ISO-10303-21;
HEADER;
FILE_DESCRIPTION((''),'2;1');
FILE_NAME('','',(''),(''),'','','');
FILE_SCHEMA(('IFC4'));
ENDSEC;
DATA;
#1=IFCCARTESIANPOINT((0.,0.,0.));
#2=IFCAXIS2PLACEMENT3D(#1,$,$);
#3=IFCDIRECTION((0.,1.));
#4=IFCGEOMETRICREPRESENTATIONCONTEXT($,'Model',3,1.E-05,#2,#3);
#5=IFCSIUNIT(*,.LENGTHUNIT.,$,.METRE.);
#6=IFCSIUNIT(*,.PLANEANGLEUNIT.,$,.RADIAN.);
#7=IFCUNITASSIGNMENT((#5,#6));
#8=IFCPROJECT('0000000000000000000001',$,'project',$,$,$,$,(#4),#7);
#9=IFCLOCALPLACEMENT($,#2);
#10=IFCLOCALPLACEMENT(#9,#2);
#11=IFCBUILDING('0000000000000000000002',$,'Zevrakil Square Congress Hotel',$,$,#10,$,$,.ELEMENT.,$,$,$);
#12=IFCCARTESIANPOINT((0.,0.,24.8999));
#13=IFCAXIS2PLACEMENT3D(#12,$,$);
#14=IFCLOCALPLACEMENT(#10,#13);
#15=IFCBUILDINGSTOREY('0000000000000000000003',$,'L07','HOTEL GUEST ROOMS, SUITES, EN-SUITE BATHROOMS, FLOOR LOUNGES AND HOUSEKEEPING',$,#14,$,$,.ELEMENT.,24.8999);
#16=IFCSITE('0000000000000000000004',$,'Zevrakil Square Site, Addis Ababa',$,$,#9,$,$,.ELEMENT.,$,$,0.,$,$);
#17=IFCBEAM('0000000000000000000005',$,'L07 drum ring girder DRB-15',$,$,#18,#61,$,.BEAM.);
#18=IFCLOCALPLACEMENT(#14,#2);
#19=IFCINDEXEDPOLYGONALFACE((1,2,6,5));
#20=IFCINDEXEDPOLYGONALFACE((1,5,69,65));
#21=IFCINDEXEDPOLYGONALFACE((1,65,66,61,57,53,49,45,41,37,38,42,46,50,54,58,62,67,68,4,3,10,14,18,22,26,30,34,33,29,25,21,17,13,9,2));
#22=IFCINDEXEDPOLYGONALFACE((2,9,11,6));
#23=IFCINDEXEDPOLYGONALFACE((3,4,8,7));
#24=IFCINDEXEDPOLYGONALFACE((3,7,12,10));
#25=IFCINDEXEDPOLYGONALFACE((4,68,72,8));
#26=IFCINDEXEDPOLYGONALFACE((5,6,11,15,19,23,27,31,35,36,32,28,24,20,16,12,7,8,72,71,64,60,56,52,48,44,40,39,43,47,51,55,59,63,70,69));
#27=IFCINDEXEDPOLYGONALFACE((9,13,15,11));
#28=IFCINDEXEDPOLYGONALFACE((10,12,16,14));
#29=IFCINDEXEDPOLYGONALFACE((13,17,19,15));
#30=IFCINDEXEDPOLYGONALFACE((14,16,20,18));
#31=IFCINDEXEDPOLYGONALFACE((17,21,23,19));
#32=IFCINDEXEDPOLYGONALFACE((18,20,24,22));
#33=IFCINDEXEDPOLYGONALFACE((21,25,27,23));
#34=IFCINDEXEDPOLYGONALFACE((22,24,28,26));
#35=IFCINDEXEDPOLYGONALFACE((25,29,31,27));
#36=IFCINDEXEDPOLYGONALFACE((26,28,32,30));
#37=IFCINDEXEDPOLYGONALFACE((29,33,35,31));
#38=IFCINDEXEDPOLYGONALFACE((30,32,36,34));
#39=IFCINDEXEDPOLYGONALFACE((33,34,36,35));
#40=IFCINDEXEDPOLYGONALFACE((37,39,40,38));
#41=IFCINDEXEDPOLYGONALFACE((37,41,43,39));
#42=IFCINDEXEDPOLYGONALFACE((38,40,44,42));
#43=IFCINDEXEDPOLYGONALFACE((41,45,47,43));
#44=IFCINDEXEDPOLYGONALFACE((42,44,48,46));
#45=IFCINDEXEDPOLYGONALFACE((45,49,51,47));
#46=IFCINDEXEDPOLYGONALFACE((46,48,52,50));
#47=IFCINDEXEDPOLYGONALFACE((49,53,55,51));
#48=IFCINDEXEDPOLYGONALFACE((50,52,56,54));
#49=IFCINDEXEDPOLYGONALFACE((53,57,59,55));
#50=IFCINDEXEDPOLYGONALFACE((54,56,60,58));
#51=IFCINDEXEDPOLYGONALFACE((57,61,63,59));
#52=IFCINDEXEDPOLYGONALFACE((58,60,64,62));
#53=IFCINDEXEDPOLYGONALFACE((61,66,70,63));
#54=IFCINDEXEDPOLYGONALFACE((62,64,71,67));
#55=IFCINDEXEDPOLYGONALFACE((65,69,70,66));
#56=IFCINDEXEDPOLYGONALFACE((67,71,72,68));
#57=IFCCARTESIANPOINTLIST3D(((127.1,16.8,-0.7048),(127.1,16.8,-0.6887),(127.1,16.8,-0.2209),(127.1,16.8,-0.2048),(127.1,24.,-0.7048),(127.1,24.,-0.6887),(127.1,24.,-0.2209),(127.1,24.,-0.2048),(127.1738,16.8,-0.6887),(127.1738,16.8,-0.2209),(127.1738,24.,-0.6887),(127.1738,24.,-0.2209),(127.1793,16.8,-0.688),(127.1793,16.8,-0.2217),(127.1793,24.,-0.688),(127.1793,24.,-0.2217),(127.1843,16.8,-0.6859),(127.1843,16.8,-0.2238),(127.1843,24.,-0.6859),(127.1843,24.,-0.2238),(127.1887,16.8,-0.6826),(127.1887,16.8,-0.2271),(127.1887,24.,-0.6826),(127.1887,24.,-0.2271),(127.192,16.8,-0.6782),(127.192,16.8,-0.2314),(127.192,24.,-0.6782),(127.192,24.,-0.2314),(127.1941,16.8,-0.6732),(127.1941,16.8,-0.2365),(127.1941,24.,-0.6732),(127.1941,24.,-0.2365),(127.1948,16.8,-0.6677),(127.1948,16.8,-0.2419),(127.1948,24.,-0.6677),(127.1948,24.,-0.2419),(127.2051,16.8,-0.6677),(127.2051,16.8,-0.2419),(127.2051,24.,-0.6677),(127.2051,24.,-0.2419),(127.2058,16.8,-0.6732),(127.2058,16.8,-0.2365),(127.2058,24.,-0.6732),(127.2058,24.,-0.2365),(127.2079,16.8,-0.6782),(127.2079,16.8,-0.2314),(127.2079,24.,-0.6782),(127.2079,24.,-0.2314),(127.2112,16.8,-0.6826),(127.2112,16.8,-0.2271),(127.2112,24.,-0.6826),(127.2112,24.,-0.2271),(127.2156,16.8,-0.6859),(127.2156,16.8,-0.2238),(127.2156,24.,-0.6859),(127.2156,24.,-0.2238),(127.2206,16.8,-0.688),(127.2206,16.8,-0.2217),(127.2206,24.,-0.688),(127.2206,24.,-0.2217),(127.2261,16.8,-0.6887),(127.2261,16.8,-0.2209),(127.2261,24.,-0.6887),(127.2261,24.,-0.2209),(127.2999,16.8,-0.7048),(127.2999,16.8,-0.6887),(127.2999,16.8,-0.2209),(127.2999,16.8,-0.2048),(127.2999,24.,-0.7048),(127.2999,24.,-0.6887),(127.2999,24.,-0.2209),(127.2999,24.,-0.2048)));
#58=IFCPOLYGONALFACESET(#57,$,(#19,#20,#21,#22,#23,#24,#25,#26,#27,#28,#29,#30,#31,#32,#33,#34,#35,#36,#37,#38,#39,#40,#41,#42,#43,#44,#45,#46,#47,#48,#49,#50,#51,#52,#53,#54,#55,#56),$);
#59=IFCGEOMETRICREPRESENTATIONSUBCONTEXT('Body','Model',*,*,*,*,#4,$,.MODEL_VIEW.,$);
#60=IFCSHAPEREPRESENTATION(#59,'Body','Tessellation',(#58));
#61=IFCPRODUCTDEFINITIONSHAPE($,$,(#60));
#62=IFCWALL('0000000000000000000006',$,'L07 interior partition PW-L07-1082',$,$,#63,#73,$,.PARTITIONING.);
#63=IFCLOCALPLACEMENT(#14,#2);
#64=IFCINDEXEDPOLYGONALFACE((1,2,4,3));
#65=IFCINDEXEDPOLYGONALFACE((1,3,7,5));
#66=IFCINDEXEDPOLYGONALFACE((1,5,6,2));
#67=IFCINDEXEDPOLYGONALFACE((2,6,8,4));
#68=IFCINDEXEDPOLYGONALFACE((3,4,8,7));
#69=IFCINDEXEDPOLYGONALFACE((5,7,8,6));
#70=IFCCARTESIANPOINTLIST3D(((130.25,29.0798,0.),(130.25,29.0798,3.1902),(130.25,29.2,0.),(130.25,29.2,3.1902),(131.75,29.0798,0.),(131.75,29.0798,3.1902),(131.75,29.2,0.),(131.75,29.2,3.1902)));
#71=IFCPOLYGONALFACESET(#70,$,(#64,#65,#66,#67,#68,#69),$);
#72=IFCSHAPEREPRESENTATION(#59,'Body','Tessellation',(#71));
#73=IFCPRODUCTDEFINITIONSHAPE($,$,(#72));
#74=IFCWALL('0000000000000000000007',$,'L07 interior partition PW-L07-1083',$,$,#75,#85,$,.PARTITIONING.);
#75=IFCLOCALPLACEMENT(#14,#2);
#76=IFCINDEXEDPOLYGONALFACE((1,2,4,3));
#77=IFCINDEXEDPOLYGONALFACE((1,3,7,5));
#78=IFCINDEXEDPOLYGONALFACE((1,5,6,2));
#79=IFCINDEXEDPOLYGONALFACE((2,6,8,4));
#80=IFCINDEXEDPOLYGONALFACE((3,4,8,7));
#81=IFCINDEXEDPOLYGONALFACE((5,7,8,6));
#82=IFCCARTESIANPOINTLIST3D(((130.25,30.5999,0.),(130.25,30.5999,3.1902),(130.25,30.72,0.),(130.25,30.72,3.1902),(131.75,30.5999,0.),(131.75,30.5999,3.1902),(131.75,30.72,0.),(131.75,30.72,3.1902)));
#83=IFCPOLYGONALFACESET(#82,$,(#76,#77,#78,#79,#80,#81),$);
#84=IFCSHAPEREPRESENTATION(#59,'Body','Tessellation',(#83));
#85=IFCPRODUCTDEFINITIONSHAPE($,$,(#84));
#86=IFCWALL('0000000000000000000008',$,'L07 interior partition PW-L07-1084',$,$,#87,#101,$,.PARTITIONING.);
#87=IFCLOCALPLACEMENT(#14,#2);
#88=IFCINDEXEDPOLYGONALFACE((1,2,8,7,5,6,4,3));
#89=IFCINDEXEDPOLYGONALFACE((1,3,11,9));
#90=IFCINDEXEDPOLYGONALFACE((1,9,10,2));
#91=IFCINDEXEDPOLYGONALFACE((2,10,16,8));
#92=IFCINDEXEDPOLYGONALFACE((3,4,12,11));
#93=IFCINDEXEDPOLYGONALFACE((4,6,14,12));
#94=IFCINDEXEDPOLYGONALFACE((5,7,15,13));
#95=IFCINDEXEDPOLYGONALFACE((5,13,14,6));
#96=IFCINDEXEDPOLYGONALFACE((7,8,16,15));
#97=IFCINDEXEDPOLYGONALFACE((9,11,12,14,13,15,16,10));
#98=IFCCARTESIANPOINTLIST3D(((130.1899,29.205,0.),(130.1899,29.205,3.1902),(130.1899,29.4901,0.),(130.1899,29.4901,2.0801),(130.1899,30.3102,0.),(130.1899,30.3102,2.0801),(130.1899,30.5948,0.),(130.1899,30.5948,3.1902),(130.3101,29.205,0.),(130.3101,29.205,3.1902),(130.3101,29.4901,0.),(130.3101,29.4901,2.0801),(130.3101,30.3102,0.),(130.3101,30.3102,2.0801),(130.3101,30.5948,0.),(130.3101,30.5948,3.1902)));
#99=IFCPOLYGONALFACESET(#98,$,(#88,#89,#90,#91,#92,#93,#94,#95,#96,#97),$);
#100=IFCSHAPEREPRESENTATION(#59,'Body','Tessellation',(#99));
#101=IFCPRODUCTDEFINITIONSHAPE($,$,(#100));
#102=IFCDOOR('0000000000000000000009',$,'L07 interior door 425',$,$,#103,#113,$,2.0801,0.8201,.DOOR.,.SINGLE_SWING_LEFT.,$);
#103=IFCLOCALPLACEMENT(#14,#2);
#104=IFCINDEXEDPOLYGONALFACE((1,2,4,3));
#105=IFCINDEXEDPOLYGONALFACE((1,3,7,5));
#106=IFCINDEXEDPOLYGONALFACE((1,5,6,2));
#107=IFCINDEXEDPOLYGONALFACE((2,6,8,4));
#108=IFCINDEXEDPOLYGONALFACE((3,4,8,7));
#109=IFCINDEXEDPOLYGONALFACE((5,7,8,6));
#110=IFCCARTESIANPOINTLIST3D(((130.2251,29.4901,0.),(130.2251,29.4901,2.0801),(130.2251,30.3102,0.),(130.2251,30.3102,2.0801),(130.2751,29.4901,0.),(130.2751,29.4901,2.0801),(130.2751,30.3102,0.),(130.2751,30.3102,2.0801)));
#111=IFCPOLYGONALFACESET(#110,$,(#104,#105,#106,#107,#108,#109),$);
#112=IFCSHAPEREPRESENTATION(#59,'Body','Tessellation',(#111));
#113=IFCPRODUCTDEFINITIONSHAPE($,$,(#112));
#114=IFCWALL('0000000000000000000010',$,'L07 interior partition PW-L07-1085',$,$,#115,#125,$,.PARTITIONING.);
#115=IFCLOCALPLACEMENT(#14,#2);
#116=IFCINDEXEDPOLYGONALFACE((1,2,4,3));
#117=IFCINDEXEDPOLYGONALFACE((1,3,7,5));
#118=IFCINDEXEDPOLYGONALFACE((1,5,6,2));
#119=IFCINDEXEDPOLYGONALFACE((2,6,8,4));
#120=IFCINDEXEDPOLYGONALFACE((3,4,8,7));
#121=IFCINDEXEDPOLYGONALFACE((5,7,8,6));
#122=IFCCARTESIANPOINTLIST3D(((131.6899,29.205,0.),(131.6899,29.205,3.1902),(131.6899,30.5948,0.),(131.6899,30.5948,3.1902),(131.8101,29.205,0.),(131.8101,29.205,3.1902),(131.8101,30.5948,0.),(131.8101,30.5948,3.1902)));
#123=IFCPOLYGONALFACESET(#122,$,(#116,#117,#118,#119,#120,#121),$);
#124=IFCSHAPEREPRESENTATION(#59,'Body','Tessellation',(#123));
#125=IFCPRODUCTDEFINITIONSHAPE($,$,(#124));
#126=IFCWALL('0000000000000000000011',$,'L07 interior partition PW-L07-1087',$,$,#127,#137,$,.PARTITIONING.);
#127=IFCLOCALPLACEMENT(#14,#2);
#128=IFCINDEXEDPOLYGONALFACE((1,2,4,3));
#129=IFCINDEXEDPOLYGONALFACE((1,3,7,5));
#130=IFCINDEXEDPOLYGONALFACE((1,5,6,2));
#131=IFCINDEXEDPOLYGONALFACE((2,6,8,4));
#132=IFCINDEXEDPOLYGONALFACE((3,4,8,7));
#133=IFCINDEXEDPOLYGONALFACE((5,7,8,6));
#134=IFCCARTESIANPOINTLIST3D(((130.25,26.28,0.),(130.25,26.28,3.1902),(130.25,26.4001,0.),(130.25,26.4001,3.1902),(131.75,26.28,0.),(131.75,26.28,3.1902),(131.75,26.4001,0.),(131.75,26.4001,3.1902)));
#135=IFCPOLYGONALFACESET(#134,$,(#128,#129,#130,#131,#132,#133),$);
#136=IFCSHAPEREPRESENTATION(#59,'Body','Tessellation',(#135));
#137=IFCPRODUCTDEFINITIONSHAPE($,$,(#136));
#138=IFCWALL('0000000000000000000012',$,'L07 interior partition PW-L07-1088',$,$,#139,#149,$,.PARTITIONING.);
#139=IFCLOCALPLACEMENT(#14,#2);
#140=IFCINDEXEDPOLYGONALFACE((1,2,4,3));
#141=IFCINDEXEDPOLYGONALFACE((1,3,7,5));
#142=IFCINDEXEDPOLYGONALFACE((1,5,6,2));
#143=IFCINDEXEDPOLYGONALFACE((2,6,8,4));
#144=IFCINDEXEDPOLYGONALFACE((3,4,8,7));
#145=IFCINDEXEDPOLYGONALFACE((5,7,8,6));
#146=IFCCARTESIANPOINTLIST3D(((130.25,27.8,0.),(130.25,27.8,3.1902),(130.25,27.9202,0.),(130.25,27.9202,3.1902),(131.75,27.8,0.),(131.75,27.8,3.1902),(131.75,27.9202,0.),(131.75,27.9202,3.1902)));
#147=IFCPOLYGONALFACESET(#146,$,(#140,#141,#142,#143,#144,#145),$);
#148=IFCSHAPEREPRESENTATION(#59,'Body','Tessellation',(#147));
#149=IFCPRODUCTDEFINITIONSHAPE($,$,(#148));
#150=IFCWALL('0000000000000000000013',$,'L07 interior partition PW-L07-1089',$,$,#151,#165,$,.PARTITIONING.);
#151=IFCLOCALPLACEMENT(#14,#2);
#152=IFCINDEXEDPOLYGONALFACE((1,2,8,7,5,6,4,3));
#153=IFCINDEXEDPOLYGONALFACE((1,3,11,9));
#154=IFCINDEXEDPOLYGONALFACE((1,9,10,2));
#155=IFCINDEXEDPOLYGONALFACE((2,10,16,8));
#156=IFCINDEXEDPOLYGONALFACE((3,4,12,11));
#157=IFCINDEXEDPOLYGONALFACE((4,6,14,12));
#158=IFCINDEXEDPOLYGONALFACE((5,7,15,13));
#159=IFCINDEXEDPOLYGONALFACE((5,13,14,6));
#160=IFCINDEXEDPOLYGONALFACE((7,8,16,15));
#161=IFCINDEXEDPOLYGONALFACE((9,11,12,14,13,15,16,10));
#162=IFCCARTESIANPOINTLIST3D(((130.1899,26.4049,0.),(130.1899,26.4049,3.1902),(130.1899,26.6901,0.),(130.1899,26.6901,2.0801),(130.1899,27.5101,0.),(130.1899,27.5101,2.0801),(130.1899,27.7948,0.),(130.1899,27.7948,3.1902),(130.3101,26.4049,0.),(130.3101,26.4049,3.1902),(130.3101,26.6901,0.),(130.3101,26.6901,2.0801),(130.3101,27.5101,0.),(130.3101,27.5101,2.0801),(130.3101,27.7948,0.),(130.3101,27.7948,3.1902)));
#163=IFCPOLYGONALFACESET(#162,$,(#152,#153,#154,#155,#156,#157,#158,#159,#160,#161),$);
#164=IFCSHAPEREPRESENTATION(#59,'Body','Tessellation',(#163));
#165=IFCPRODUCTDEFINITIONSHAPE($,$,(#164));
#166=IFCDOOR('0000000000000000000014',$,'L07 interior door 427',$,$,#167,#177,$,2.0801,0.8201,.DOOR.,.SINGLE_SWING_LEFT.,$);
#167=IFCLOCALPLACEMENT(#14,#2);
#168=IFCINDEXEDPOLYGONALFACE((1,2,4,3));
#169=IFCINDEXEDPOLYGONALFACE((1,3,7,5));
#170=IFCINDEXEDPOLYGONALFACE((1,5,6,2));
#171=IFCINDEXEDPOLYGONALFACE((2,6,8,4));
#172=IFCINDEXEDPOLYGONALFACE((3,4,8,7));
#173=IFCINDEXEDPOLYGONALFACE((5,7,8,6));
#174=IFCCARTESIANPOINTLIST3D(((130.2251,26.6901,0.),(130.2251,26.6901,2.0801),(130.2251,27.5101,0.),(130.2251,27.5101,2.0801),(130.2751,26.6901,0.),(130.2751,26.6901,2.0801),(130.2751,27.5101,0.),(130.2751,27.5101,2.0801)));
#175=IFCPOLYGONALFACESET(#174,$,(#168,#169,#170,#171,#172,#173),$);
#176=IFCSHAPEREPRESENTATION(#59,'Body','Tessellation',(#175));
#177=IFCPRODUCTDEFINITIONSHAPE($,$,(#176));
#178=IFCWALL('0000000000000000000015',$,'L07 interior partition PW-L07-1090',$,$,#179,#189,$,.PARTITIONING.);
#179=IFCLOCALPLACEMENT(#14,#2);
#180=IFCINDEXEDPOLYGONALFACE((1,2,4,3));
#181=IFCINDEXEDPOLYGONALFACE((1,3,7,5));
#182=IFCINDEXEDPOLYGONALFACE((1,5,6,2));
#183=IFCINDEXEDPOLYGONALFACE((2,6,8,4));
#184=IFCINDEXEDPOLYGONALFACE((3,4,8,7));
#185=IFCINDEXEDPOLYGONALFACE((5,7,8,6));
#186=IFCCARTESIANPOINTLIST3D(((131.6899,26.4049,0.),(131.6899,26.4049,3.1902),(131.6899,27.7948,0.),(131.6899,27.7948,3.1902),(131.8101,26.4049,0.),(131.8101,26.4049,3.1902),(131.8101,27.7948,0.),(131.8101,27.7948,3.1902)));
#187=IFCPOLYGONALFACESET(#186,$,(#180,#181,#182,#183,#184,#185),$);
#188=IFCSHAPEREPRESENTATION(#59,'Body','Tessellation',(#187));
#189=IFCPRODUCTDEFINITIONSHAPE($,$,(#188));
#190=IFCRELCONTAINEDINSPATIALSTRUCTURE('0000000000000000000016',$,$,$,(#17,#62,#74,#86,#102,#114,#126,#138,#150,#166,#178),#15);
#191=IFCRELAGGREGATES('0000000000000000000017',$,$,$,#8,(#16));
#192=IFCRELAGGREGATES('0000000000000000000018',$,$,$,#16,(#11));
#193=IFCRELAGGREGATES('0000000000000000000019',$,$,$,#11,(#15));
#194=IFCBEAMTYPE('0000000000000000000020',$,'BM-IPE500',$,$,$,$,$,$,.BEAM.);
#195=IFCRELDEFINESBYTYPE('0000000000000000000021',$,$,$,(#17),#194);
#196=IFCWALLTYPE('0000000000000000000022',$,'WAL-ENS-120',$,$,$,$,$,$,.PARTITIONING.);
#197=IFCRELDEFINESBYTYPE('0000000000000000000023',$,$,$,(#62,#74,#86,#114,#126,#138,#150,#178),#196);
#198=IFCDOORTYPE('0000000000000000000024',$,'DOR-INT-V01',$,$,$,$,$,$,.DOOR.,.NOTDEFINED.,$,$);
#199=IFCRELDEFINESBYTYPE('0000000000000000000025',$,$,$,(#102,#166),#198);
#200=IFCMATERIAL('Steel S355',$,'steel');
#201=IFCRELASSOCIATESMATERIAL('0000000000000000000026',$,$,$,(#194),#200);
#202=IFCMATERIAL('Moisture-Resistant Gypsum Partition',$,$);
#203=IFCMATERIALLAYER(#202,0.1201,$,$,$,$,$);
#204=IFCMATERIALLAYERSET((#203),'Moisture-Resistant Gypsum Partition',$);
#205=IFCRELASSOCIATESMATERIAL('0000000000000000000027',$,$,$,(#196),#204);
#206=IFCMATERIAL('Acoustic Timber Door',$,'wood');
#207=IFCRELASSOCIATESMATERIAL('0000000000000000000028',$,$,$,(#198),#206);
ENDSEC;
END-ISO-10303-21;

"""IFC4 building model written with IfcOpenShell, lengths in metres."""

from ifc_helpers import new_model, si_unit, direction, frame, frame_2d, origin, origin_2d, place, context, subcontext, project, spatial, rectangle, i_section, extrude, material, layer, layer_set, material_profile, profile_set, type_object, element, fill, save


model = new_model("IFC4")

# Units and contexts
model_context = context("Model", 3, precision=1e-05, world=origin(), true_north=direction((0.0, 1.0)))
body_context = subcontext(model_context, "Body", "Model", "MODEL_VIEW")
ifc_project = project(units=[si_unit("LENGTHUNIT", "METRE"), si_unit("PLANEANGLEUNIT", "RADIAN")], contexts=[model_context])

# Site, building, storey
site_placement = place(None, origin())
site = spatial("IfcSite", under=ifc_project, at=site_placement, Name="Zevrakil Square Site, Addis Ababa", CompositionType="ELEMENT", RefElevation=0.0)
building_placement = place(site_placement, origin())
building = spatial("IfcBuilding", under=site, at=building_placement, Name="Zevrakil Square Congress Hotel", CompositionType="ELEMENT")
storey_placement = place(building_placement, frame((0.0, 0.0, 24.8999)))
storey = spatial("IfcBuildingStorey", under=building, at=storey_placement, Name="L07", Description="HOTEL GUEST ROOMS, SUITES, EN-SUITE BATHROOMS, FLOOR LOUNGES AND HOUSEKEEPING", CompositionType="ELEMENT", Elevation=24.8999)

# Beam
ifc_material_1 = material(Name="Steel S355", Category="steel")
ifc_material_profile_1 = material_profile(ifc_material_1, i_section(OverallWidth=0.2, OverallDepth=0.5, WebThickness=0.0103, FlangeThickness=0.0161, FilletRadius=0.021, at=origin_2d()), Name="IPE 500")
ifc_profile_set_1 = profile_set([ifc_material_profile_1], Name="Steel S355")
beam_type_1 = type_object("IfcBeamType", Name="BM-IPE500", PredefinedType="BEAM", material=ifc_profile_set_1)
for number, where, z_axis, x_axis, name in (
    (1, (127.2, 24.0, -0.4548), (0.0, -1.0, 0.0), (1.0, 0.0, 0.0), "L07 drum ring girder DRB-15"),
):
    element("IfcBeam", number, at=place(storey_placement, frame(where, z_axis=z_axis, x_axis=x_axis)), inside=storey, type_object=beam_type_1, Name=name, PredefinedType="BEAM", context=body_context, shape_type="SweptSolid", body=[
        extrude(i_section(OverallWidth=0.2, OverallDepth=0.5, WebThickness=0.0103, FlangeThickness=0.0161, FilletRadius=0.021, at=origin_2d()), origin(), (0.0, 0.0, 1.0), 7.2),
    ])

# Walls
ifc_material_2 = material(Name="Moisture-Resistant Gypsum Partition")
ifc_layer = layer(ifc_material_2, 0.1201)
ifc_layer_set = layer_set([ifc_layer], Name="Moisture-Resistant Gypsum Partition")
wall_type = type_object("IfcWallType", Name="WAL-ENS-120", PredefinedType="PARTITIONING", material=ifc_layer_set)
for number, where, z_axis, x_axis, name in (
    (2, (130.25, 29.1399, 0.0), (0.0, 0.0, 1.0), (1.0, 0.0, 0.0), "L07 interior partition PW-L07-1082"),
    (3, (130.25, 30.6599, 0.0), (0.0, 0.0, 1.0), (1.0, 0.0, 0.0), "L07 interior partition PW-L07-1083"),
):
    element("IfcWall", number, at=place(storey_placement, frame(where, z_axis=z_axis, x_axis=x_axis)), inside=storey, type_object=wall_type, Name=name, PredefinedType="PARTITIONING", context=body_context, shape_type="SweptSolid", body=[
        extrude(rectangle(XDim=1.5, YDim=0.1201, at=frame_2d((0.75, 0.0))), origin(), (0.0, 0.0, 1.0), 3.1902),
    ])

# Wall, opening, door
wall_1_placement = place(storey_placement, frame((130.25, 29.2051, 0.0), z_axis=(0.0, 0.0, 1.0), x_axis=(0.0, 1.0, 0.0)))
wall_1 = element("IfcWall", 4, at=wall_1_placement, inside=storey, type_object=wall_type, Name="L07 interior partition PW-L07-1084", PredefinedType="PARTITIONING", context=body_context, shape_type="SweptSolid", body=[
    extrude(rectangle(XDim=1.3899, YDim=0.1201, at=frame_2d((0.6948, 0.0))), origin(), (0.0, 0.0, 1.0), 3.1902),
])
opening_1_placement = place(wall_1_placement, frame((0.2849, 0.0, 0.0)))
opening_1 = element("IfcOpeningElement", 5, at=opening_1_placement, cuts=wall_1, PredefinedType="OPENING", context=body_context, shape_type="SweptSolid", body=[
    extrude(rectangle(XDim=0.8201, YDim=2.0801, at=frame_2d((0.4102, 1.04))), frame((0.0, 0.0701, 0.0), z_axis=(0.0, -1.0, 0.0), x_axis=(1.0, 0.0, 0.0)), (0.0, 0.0, 1.0), 0.1401),
])
ifc_material_3 = material(Name="Acoustic Timber Door", Category="wood")
door_type = type_object("IfcDoorType", Name="DOR-INT-V01", OperationType="NOTDEFINED", PredefinedType="DOOR", material=ifc_material_3)
door_1_placement = place(opening_1_placement, origin())
door_1 = element("IfcDoor", 6, at=door_1_placement, inside=storey, type_object=door_type, Name="L07 interior door 425", OperationType="SINGLE_SWING_LEFT", OverallHeight=2.0801, OverallWidth=0.8201, PredefinedType="DOOR", context=body_context, shape_type="SweptSolid", body=[
    extrude(rectangle(XDim=0.8201, YDim=2.0801, at=frame_2d((0.4102, 1.04))), frame((0.0, 0.0249, 0.0), z_axis=(0.0, -1.0, 0.0), x_axis=(1.0, 0.0, 0.0)), (0.0, 0.0, 1.0), 0.05),
])
fill(opening_1, door_1)

# Walls
wall_2_placement = place(storey_placement, frame((131.75, 29.2051, 0.0), z_axis=(0.0, 0.0, 1.0), x_axis=(0.0, 1.0, 0.0)))
element("IfcWall", 7, at=wall_2_placement, inside=storey, type_object=wall_type, Name="L07 interior partition PW-L07-1085", PredefinedType="PARTITIONING", context=body_context, shape_type="SweptSolid", body=[
    extrude(rectangle(XDim=1.3899, YDim=0.1201, at=frame_2d((0.6948, 0.0))), origin(), (0.0, 0.0, 1.0), 3.1902),
])
for number, where, z_axis, x_axis, name in (
    (8, (130.25, 26.3401, 0.0), (0.0, 0.0, 1.0), (1.0, 0.0, 0.0), "L07 interior partition PW-L07-1087"),
    (9, (130.25, 27.8601, 0.0), (0.0, 0.0, 1.0), (1.0, 0.0, 0.0), "L07 interior partition PW-L07-1088"),
):
    element("IfcWall", number, at=place(storey_placement, frame(where, z_axis=z_axis, x_axis=x_axis)), inside=storey, type_object=wall_type, Name=name, PredefinedType="PARTITIONING", context=body_context, shape_type="SweptSolid", body=[
        extrude(rectangle(XDim=1.5, YDim=0.1201, at=frame_2d((0.75, 0.0))), origin(), (0.0, 0.0, 1.0), 3.1902),
    ])

# Wall, opening, door
wall_3_placement = place(storey_placement, frame((130.25, 26.405, 0.0), z_axis=(0.0, 0.0, 1.0), x_axis=(0.0, 1.0, 0.0)))
wall_3 = element("IfcWall", 10, at=wall_3_placement, inside=storey, type_object=wall_type, Name="L07 interior partition PW-L07-1089", PredefinedType="PARTITIONING", context=body_context, shape_type="SweptSolid", body=[
    extrude(rectangle(XDim=1.3899, YDim=0.1201, at=frame_2d((0.6948, 0.0))), origin(), (0.0, 0.0, 1.0), 3.1902),
])
opening_2_placement = place(wall_3_placement, frame((0.2849, 0.0, 0.0)))
opening_2 = element("IfcOpeningElement", 11, at=opening_2_placement, cuts=wall_3, PredefinedType="OPENING", context=body_context, shape_type="SweptSolid", body=[
    extrude(rectangle(XDim=0.8201, YDim=2.0801, at=frame_2d((0.4102, 1.04))), frame((0.0, 0.0701, 0.0), z_axis=(0.0, -1.0, 0.0), x_axis=(1.0, 0.0, 0.0)), (0.0, 0.0, 1.0), 0.1401),
])
door_2_placement = place(opening_2_placement, origin())
door_2 = element("IfcDoor", 12, at=door_2_placement, inside=storey, type_object=door_type, Name="L07 interior door 427", OperationType="SINGLE_SWING_LEFT", OverallHeight=2.0801, OverallWidth=0.8201, PredefinedType="DOOR", context=body_context, shape_type="SweptSolid", body=[
    extrude(rectangle(XDim=0.8201, YDim=2.0801, at=frame_2d((0.4102, 1.04))), frame((0.0, 0.0249, 0.0), z_axis=(0.0, -1.0, 0.0), x_axis=(1.0, 0.0, 0.0)), (0.0, 0.0, 1.0), 0.05),
])
fill(opening_2, door_2)

# Wall
wall_4_placement = place(storey_placement, frame((131.75, 26.405, 0.0), z_axis=(0.0, 0.0, 1.0), x_axis=(0.0, 1.0, 0.0)))
element("IfcWall", 13, at=wall_4_placement, inside=storey, type_object=wall_type, Name="L07 interior partition PW-L07-1090", PredefinedType="PARTITIONING", context=body_context, shape_type="SweptSolid", body=[
    extrude(rectangle(XDim=1.3899, YDim=0.1201, at=frame_2d((0.6948, 0.0))), origin(), (0.0, 0.0, 1.0), 3.1902),
])

save(model, "model.ifc")
